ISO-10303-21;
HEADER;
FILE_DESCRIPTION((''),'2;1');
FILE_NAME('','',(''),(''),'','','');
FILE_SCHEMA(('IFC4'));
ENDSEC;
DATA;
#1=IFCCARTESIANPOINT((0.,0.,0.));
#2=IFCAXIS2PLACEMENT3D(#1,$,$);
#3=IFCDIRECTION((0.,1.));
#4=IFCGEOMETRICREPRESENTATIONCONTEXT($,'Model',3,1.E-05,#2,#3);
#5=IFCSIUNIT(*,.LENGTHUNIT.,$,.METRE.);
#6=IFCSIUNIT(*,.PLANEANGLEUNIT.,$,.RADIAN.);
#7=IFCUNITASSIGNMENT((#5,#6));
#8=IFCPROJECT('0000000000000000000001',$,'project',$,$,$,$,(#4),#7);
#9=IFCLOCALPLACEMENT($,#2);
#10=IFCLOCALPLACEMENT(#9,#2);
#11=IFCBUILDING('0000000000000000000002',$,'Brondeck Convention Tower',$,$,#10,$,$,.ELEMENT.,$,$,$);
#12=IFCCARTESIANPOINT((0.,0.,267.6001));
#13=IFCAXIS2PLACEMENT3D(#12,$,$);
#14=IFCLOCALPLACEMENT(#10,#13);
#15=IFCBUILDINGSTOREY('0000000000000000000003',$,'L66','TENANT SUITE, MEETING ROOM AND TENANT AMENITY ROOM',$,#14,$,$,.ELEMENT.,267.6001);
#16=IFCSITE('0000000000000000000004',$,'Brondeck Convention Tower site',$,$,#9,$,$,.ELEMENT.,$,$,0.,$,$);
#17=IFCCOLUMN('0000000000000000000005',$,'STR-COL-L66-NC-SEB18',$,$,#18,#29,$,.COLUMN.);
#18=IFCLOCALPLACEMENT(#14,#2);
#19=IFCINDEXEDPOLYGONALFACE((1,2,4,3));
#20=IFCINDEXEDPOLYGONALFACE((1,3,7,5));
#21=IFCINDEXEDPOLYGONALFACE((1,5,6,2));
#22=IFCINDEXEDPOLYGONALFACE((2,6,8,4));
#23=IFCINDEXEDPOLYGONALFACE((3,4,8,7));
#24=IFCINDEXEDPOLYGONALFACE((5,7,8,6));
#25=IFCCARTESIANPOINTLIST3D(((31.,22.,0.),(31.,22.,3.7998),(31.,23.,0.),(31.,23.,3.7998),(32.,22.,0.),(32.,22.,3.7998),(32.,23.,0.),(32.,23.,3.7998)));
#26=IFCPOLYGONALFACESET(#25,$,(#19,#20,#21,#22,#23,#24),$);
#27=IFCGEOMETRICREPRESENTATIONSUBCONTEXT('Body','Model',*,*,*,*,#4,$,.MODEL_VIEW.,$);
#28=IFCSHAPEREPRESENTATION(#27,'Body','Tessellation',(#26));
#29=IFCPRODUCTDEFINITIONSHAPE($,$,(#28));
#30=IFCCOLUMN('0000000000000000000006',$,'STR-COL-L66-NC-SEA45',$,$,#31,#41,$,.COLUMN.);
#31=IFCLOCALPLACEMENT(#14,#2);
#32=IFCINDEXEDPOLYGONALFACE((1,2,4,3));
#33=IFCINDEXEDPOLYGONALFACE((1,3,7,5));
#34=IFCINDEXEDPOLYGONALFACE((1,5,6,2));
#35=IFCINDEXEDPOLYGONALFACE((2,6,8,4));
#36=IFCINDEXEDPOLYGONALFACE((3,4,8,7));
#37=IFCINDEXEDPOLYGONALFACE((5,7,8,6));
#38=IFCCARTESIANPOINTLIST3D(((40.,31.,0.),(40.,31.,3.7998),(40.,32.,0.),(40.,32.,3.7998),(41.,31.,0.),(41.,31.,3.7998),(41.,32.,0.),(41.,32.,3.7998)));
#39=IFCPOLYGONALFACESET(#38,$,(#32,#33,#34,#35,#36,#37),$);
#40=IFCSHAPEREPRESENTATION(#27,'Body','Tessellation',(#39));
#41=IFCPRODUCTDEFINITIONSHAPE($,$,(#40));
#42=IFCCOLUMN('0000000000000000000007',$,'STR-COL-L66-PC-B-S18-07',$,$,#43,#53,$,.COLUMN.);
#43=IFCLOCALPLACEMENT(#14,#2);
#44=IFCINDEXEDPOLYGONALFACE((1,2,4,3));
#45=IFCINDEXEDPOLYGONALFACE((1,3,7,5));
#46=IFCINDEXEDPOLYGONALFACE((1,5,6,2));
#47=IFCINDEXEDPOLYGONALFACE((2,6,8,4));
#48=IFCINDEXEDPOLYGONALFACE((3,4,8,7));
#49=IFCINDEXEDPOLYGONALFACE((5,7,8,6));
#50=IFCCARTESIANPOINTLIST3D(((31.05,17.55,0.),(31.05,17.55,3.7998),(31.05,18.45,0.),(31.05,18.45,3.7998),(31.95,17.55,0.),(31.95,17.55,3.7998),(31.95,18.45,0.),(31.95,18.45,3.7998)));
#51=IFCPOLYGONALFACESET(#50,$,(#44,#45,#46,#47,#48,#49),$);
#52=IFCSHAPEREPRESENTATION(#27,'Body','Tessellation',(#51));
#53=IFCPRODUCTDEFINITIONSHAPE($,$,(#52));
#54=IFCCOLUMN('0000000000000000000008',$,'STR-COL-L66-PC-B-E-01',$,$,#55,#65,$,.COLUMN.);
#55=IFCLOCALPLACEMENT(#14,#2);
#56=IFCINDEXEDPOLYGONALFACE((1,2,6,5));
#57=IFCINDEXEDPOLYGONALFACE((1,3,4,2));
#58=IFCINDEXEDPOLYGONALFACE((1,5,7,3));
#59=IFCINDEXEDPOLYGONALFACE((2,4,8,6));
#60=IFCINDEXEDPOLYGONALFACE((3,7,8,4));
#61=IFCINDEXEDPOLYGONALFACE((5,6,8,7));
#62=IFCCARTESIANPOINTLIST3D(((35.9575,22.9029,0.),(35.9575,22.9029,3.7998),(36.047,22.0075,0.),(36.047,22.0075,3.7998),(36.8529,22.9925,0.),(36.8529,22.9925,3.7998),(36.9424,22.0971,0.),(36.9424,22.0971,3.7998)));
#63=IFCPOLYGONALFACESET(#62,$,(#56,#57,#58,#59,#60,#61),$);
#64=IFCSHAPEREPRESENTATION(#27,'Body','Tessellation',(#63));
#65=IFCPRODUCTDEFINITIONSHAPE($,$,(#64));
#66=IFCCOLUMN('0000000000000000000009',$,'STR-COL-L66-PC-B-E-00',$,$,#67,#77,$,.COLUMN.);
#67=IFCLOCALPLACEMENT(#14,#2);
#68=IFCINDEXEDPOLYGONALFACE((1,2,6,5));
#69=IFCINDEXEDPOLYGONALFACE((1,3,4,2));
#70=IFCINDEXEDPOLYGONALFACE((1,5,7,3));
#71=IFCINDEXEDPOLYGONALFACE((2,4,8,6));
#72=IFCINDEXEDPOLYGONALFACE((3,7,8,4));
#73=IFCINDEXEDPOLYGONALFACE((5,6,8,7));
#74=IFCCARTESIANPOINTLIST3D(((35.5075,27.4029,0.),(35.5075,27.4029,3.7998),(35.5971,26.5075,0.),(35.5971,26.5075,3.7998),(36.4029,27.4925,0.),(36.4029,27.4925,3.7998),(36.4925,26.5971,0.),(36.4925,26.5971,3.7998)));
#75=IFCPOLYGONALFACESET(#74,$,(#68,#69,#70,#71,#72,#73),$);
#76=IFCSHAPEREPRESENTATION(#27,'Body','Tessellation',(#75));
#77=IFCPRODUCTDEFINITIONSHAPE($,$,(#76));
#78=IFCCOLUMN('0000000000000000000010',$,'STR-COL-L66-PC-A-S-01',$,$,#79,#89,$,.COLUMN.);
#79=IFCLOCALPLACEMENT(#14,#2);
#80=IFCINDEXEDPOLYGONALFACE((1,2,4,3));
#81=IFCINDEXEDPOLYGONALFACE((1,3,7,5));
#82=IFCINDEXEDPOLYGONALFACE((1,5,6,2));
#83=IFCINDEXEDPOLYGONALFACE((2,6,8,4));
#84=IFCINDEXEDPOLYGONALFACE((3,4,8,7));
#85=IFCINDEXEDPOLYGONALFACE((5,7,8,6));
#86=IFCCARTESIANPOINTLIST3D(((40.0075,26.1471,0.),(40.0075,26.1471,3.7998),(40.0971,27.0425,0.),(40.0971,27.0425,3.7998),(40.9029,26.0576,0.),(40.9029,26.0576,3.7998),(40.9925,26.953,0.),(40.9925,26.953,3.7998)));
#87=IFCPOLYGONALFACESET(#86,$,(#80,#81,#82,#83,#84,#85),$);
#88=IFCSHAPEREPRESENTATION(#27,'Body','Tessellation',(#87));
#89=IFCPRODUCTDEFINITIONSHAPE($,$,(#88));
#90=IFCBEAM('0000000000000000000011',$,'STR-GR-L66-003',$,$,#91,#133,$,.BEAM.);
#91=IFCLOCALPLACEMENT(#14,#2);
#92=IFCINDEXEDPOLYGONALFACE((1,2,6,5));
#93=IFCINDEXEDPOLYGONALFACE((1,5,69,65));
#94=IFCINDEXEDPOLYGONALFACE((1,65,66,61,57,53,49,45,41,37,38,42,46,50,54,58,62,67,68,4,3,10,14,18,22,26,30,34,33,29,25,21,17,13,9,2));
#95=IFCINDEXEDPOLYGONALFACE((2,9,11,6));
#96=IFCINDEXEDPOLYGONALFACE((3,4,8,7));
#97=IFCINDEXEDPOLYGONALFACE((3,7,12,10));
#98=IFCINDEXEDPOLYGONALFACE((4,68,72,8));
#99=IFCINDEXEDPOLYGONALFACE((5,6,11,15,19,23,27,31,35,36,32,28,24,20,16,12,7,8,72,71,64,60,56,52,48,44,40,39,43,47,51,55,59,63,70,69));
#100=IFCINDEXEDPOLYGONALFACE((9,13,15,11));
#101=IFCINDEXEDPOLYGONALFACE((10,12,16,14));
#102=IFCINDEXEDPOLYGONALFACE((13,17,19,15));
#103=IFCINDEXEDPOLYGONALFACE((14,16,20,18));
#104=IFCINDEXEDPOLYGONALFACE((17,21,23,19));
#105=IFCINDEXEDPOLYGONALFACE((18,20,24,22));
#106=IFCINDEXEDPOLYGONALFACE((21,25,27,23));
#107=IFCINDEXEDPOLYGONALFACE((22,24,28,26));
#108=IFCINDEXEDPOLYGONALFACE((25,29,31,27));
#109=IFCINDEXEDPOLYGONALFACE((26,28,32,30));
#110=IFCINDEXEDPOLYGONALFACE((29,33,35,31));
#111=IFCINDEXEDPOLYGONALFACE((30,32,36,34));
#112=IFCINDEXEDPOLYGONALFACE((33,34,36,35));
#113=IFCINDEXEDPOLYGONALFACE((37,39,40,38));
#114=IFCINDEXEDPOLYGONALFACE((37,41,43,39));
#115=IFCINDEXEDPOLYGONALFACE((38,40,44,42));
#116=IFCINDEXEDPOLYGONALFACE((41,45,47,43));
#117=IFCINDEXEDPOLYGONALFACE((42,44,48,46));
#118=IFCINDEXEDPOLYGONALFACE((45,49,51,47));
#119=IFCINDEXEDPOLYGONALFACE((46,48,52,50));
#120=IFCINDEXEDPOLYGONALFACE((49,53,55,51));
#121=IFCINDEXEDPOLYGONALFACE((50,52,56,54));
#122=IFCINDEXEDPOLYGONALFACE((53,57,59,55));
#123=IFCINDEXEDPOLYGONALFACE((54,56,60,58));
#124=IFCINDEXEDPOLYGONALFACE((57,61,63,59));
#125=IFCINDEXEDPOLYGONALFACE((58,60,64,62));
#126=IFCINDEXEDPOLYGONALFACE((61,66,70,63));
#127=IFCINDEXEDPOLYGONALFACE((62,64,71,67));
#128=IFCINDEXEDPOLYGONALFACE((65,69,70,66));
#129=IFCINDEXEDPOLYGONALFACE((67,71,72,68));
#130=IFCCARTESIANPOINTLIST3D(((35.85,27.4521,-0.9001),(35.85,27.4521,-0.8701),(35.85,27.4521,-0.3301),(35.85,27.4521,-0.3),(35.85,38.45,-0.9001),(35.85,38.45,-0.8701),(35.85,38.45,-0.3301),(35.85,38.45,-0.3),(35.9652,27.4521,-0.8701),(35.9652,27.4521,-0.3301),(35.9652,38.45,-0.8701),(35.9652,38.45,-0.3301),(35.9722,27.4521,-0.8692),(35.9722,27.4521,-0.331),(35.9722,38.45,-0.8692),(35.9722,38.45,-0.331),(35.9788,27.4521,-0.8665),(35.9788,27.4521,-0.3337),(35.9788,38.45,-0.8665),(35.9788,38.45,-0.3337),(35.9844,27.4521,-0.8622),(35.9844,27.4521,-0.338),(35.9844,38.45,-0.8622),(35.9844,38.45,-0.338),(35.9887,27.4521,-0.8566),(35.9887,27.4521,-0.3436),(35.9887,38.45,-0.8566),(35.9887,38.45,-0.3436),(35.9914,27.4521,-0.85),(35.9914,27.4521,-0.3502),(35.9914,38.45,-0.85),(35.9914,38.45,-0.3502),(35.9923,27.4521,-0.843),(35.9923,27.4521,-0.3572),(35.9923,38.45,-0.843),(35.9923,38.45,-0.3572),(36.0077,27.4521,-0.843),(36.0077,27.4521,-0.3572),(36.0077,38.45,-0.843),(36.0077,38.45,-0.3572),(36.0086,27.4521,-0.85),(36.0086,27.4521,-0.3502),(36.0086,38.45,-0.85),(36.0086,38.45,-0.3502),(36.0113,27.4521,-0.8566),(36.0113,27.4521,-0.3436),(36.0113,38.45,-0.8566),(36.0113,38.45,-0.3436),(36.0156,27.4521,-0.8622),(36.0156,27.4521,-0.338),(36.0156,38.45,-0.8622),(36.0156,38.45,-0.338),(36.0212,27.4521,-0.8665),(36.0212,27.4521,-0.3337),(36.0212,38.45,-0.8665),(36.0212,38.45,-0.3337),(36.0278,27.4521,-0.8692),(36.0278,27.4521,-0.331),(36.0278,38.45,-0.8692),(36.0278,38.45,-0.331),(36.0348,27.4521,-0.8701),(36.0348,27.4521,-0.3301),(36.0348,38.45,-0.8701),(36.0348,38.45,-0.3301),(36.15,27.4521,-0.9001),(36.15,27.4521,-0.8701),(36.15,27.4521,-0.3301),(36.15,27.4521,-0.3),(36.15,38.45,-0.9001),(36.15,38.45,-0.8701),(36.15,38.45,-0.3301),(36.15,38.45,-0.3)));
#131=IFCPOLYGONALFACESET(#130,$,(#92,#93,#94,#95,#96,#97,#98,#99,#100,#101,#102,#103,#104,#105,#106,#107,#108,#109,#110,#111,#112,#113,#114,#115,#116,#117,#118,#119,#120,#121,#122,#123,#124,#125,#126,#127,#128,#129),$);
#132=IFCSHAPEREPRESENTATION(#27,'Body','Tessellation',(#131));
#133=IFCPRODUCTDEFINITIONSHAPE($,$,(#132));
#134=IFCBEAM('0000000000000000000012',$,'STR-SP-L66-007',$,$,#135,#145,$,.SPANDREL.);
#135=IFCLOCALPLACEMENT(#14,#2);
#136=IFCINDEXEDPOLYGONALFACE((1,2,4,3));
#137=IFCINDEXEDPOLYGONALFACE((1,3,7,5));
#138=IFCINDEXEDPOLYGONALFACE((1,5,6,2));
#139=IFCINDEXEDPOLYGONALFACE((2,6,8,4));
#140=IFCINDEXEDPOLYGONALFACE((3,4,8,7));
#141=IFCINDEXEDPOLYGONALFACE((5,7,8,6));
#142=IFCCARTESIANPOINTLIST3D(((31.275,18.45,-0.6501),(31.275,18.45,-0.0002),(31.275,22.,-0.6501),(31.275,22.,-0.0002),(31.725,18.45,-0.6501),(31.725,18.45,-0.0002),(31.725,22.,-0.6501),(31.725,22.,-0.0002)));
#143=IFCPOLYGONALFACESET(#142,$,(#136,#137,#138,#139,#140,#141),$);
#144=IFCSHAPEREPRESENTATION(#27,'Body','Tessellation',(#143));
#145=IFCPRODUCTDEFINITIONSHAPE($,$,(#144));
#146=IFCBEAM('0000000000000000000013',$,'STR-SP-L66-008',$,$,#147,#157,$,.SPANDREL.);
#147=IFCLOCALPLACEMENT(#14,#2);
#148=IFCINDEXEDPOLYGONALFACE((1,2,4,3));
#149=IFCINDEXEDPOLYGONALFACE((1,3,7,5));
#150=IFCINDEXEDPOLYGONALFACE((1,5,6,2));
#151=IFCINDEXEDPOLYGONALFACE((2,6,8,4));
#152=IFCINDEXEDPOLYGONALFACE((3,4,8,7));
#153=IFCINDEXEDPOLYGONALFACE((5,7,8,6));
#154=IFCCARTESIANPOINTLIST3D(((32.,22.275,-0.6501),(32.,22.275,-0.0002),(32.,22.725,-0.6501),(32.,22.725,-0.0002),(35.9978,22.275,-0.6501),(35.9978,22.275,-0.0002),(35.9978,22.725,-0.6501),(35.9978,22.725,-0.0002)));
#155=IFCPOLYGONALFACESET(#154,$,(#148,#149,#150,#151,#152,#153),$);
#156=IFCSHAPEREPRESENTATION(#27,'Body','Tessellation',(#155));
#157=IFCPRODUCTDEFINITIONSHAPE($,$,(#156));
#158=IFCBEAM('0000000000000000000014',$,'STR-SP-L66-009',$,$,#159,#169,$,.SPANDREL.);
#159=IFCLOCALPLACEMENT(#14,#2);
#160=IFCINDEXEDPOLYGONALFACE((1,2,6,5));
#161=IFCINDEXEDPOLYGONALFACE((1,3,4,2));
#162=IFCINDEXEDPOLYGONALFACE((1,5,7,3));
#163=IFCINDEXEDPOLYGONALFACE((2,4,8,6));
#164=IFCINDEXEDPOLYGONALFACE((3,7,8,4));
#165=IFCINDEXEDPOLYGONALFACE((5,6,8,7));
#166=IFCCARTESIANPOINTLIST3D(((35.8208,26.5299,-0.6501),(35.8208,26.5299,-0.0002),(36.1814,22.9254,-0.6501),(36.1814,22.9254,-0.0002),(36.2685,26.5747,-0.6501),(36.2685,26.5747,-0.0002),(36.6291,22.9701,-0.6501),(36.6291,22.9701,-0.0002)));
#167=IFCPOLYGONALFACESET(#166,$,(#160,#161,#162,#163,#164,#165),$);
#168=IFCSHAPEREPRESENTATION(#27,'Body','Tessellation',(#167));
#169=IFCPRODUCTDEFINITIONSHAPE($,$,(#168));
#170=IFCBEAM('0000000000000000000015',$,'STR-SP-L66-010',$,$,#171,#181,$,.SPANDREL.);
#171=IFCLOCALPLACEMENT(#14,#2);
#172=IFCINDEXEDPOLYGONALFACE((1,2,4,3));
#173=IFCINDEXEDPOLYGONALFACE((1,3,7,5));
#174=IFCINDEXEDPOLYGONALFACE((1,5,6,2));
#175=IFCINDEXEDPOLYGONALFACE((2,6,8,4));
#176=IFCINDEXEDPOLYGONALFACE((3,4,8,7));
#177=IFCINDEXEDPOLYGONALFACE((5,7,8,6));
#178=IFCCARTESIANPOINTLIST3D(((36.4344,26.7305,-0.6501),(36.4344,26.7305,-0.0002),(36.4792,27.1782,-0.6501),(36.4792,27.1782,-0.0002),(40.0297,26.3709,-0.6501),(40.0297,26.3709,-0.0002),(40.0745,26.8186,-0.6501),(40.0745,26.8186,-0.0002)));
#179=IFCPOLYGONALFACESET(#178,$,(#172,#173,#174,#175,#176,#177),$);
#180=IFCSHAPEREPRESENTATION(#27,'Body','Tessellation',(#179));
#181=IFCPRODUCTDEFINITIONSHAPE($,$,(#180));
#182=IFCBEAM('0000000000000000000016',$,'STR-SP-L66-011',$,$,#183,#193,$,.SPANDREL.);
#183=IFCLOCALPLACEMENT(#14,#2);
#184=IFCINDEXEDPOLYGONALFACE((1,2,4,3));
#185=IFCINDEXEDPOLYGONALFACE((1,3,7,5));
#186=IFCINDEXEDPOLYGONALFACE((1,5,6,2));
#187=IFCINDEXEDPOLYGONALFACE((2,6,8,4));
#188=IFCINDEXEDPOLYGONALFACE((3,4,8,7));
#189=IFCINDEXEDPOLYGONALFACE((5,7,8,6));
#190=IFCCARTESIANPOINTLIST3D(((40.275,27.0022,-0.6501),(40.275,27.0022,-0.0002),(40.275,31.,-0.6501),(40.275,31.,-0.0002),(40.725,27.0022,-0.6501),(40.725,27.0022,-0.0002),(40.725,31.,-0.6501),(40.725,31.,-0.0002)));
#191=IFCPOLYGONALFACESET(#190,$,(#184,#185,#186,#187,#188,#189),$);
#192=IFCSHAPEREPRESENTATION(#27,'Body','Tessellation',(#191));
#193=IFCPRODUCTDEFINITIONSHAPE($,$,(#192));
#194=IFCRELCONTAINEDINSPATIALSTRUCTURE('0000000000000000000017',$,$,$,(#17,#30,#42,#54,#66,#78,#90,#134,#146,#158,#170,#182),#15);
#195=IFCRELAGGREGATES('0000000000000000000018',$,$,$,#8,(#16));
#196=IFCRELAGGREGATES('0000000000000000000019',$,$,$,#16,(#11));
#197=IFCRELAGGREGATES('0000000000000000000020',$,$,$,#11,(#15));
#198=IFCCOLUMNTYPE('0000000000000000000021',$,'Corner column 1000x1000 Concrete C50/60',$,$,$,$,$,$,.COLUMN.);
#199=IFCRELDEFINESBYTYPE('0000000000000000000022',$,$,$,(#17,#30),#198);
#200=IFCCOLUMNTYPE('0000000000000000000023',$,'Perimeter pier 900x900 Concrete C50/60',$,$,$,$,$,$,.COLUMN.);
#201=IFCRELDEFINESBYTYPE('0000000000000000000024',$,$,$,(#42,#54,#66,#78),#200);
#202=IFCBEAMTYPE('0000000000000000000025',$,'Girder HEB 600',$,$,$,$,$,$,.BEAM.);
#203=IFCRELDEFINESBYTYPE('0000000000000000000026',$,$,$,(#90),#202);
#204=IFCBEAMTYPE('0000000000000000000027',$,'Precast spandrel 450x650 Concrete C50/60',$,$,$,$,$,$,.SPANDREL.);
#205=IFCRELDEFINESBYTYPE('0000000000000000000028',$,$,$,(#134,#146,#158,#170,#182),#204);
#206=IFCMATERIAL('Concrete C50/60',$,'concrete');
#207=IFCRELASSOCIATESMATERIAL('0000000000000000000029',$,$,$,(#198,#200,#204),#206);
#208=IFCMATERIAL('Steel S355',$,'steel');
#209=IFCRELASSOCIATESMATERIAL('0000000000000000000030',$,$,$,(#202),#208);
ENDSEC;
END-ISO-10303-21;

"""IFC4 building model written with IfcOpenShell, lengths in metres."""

from ifc_helpers import new_model, si_unit, direction, frame, origin, origin_2d, place, context, subcontext, project, spatial, rectangle, i_section, extrude, material, material_profile, profile_set, type_object, element, save


model = new_model("IFC4")

# Units and contexts
model_context = context("Model", 3, precision=1e-05, world=origin(), true_north=direction((0.0, 1.0)))
body_context = subcontext(model_context, "Body", "Model", "MODEL_VIEW")
ifc_project = project(units=[si_unit("LENGTHUNIT", "METRE"), si_unit("PLANEANGLEUNIT", "RADIAN")], contexts=[model_context])

# Site, building, storey
site_placement = place(None, origin())
site = spatial("IfcSite", under=ifc_project, at=site_placement, Name="Brondeck Convention Tower site", CompositionType="ELEMENT", RefElevation=0.0)
building_placement = place(site_placement, origin())
building = spatial("IfcBuilding", under=site, at=building_placement, Name="Brondeck Convention Tower", CompositionType="ELEMENT")
storey_placement = place(building_placement, frame((0.0, 0.0, 267.6001)))
storey = spatial("IfcBuildingStorey", under=building, at=storey_placement, Name="L66", Description="TENANT SUITE, MEETING ROOM AND TENANT AMENITY ROOM", CompositionType="ELEMENT", Elevation=267.6001)

# Columns
ifc_material_1 = material(Name="Concrete C50/60", Category="concrete")
ifc_material_profile_1 = material_profile(ifc_material_1, rectangle(XDim=1.0, YDim=1.0, at=origin_2d()), Name="Corner column 1000x1000 Concrete C50/60")
ifc_profile_set_1 = profile_set([ifc_material_profile_1], Name="Concrete C50/60")
column_type_1 = type_object("IfcColumnType", Name="Corner column 1000x1000 Concrete C50/60", PredefinedType="COLUMN", material=ifc_profile_set_1)
for number, where, z_axis, x_axis, name in (
    (1, (31.5, 22.5, 0.0), (0.0, 0.0, 1.0), (1.0, 0.0, 0.0), "STR-COL-L66-NC-SEB18"),
    (2, (40.5, 31.5, 0.0), (0.0, 0.0, 1.0), (1.0, 0.0, 0.0), "STR-COL-L66-NC-SEA45"),
):
    element("IfcColumn", number, at=place(storey_placement, frame(where, z_axis=z_axis, x_axis=x_axis)), inside=storey, type_object=column_type_1, Name=name, PredefinedType="COLUMN", context=body_context, shape_type="SweptSolid", body=[
        extrude(rectangle(XDim=1.0, YDim=1.0, at=origin_2d()), origin(), (0.0, 0.0, 1.0), 3.7998),
    ])
ifc_material_profile_2 = material_profile(ifc_material_1, rectangle(XDim=0.8999, YDim=0.8999, at=origin_2d()), Name="Perimeter pier 900x900 Concrete C50/60")
ifc_profile_set_2 = profile_set([ifc_material_profile_2], Name="Concrete C50/60")
column_type_2 = type_object("IfcColumnType", Name="Perimeter pier 900x900 Concrete C50/60", PredefinedType="COLUMN", material=ifc_profile_set_2)
for number, where, z_axis, x_axis, name in (
    (3, (31.5, 18.0, 0.0), (0.0, 0.0, 1.0), (1.0, 0.0, 0.0), "STR-COL-L66-PC-B-S18-07"),
    (4, (36.45, 22.5, 0.0), (0.0, 0.0, 1.0), (-0.099504, 0.995037, 0.0), "STR-COL-L66-PC-B-E-01"),
    (5, (36.0, 27.0, 0.0), (0.0, 0.0, 1.0), (-0.099504, 0.995037, 0.0), "STR-COL-L66-PC-B-E-00"),
    (6, (40.5, 26.55, 0.0), (0.0, 0.0, 1.0), (0.995037, -0.099504, 0.0), "STR-COL-L66-PC-A-S-01"),
):
    element("IfcColumn", number, at=place(storey_placement, frame(where, z_axis=z_axis, x_axis=x_axis)), inside=storey, type_object=column_type_2, Name=name, PredefinedType="COLUMN", context=body_context, shape_type="SweptSolid", body=[
        extrude(rectangle(XDim=0.8999, YDim=0.8999, at=origin_2d()), origin(), (0.0, 0.0, 1.0), 3.7998),
    ])

# Beams
ifc_material_2 = material(Name="Steel S355", Category="steel")
ifc_material_profile_3 = material_profile(ifc_material_2, i_section(OverallWidth=0.3, OverallDepth=0.6001, WebThickness=0.0154, FlangeThickness=0.03, FilletRadius=0.0271, at=origin_2d()), Name="HEB 600")
ifc_profile_set_3 = profile_set([ifc_material_profile_3], Name="Steel S355")
beam_type_1 = type_object("IfcBeamType", Name="Girder HEB 600", PredefinedType="BEAM", material=ifc_profile_set_3)
beam_1_placement = place(storey_placement, frame((36.0, 27.4521, -0.6001), z_axis=(0.0, 1.0, 0.0), x_axis=(-1.0, 0.0, 0.0)))
element("IfcBeam", 7, at=beam_1_placement, inside=storey, type_object=beam_type_1, Name="STR-GR-L66-003", PredefinedType="BEAM", context=body_context, shape_type="SweptSolid", body=[
    extrude(i_section(OverallWidth=0.3, OverallDepth=0.6001, WebThickness=0.0154, FlangeThickness=0.03, FilletRadius=0.0271, at=origin_2d()), origin(), (0.0, 0.0, 1.0), 10.9978),
])
ifc_material_profile_4 = material_profile(ifc_material_1, rectangle(XDim=0.45, YDim=0.6499, at=origin_2d()), Name="Precast spandrel 450x650 Concrete C50/60")
ifc_profile_set_4 = profile_set([ifc_material_profile_4], Name="Concrete C50/60")
beam_type_2 = type_object("IfcBeamType", Name="Precast spandrel 450x650 Concrete C50/60", PredefinedType="SPANDREL", material=ifc_profile_set_4)
beam_2_placement = place(storey_placement, frame((31.5, 18.45, -0.3252), z_axis=(0.0, 1.0, 0.0), x_axis=(-1.0, 0.0, 0.0)))
element("IfcBeam", 8, at=beam_2_placement, inside=storey, type_object=beam_type_2, Name="STR-SP-L66-007", PredefinedType="SPANDREL", context=body_context, shape_type="SweptSolid", body=[
    extrude(rectangle(XDim=0.45, YDim=0.6499, at=origin_2d()), origin(), (0.0, 0.0, 1.0), 3.55),
])
beam_3_placement = place(storey_placement, frame((32.0, 22.5, -0.3252), z_axis=(1.0, 0.0, 0.0), x_axis=(0.0, 1.0, 0.0)))
element("IfcBeam", 9, at=beam_3_placement, inside=storey, type_object=beam_type_2, Name="STR-SP-L66-008", PredefinedType="SPANDREL", context=body_context, shape_type="SweptSolid", body=[
    extrude(rectangle(XDim=0.45, YDim=0.6499, at=origin_2d()), origin(), (0.0, 0.0, 1.0), 3.9978),
])
beam_4_placement = place(storey_placement, frame((36.4053, 22.9478, -0.3252), z_axis=(-0.099544, 0.995033, 0.0), x_axis=(-0.995033, -0.099544, 0.0)))
element("IfcBeam", 10, at=beam_4_placement, inside=storey, type_object=beam_type_2, Name="STR-SP-L66-009", PredefinedType="SPANDREL", context=body_context, shape_type="SweptSolid", body=[
    extrude(rectangle(XDim=0.45, YDim=0.6499, at=origin_2d()), origin(), (0.0, 0.0, 1.0), 3.6226),
])
beam_5_placement = place(storey_placement, frame((36.4568, 26.9543, -0.3252), z_axis=(0.995035, -0.099524, 0.0), x_axis=(0.099524, 0.995035, 0.0)))
element("IfcBeam", 11, at=beam_5_placement, inside=storey, type_object=beam_type_2, Name="STR-SP-L66-010", PredefinedType="SPANDREL", context=body_context, shape_type="SweptSolid", body=[
    extrude(rectangle(XDim=0.45, YDim=0.6499, at=origin_2d()), origin(), (0.0, 0.0, 1.0), 3.6133),
])
beam_6_placement = place(storey_placement, frame((40.5, 27.0022, -0.3252), z_axis=(0.0, 1.0, 0.0), x_axis=(-1.0, 0.0, 0.0)))
element("IfcBeam", 12, at=beam_6_placement, inside=storey, type_object=beam_type_2, Name="STR-SP-L66-011", PredefinedType="SPANDREL", context=body_context, shape_type="SweptSolid", body=[
    extrude(rectangle(XDim=0.45, YDim=0.6499, at=origin_2d()), origin(), (0.0, 0.0, 1.0), 3.9978),
])

save(model, "model.ifc")
